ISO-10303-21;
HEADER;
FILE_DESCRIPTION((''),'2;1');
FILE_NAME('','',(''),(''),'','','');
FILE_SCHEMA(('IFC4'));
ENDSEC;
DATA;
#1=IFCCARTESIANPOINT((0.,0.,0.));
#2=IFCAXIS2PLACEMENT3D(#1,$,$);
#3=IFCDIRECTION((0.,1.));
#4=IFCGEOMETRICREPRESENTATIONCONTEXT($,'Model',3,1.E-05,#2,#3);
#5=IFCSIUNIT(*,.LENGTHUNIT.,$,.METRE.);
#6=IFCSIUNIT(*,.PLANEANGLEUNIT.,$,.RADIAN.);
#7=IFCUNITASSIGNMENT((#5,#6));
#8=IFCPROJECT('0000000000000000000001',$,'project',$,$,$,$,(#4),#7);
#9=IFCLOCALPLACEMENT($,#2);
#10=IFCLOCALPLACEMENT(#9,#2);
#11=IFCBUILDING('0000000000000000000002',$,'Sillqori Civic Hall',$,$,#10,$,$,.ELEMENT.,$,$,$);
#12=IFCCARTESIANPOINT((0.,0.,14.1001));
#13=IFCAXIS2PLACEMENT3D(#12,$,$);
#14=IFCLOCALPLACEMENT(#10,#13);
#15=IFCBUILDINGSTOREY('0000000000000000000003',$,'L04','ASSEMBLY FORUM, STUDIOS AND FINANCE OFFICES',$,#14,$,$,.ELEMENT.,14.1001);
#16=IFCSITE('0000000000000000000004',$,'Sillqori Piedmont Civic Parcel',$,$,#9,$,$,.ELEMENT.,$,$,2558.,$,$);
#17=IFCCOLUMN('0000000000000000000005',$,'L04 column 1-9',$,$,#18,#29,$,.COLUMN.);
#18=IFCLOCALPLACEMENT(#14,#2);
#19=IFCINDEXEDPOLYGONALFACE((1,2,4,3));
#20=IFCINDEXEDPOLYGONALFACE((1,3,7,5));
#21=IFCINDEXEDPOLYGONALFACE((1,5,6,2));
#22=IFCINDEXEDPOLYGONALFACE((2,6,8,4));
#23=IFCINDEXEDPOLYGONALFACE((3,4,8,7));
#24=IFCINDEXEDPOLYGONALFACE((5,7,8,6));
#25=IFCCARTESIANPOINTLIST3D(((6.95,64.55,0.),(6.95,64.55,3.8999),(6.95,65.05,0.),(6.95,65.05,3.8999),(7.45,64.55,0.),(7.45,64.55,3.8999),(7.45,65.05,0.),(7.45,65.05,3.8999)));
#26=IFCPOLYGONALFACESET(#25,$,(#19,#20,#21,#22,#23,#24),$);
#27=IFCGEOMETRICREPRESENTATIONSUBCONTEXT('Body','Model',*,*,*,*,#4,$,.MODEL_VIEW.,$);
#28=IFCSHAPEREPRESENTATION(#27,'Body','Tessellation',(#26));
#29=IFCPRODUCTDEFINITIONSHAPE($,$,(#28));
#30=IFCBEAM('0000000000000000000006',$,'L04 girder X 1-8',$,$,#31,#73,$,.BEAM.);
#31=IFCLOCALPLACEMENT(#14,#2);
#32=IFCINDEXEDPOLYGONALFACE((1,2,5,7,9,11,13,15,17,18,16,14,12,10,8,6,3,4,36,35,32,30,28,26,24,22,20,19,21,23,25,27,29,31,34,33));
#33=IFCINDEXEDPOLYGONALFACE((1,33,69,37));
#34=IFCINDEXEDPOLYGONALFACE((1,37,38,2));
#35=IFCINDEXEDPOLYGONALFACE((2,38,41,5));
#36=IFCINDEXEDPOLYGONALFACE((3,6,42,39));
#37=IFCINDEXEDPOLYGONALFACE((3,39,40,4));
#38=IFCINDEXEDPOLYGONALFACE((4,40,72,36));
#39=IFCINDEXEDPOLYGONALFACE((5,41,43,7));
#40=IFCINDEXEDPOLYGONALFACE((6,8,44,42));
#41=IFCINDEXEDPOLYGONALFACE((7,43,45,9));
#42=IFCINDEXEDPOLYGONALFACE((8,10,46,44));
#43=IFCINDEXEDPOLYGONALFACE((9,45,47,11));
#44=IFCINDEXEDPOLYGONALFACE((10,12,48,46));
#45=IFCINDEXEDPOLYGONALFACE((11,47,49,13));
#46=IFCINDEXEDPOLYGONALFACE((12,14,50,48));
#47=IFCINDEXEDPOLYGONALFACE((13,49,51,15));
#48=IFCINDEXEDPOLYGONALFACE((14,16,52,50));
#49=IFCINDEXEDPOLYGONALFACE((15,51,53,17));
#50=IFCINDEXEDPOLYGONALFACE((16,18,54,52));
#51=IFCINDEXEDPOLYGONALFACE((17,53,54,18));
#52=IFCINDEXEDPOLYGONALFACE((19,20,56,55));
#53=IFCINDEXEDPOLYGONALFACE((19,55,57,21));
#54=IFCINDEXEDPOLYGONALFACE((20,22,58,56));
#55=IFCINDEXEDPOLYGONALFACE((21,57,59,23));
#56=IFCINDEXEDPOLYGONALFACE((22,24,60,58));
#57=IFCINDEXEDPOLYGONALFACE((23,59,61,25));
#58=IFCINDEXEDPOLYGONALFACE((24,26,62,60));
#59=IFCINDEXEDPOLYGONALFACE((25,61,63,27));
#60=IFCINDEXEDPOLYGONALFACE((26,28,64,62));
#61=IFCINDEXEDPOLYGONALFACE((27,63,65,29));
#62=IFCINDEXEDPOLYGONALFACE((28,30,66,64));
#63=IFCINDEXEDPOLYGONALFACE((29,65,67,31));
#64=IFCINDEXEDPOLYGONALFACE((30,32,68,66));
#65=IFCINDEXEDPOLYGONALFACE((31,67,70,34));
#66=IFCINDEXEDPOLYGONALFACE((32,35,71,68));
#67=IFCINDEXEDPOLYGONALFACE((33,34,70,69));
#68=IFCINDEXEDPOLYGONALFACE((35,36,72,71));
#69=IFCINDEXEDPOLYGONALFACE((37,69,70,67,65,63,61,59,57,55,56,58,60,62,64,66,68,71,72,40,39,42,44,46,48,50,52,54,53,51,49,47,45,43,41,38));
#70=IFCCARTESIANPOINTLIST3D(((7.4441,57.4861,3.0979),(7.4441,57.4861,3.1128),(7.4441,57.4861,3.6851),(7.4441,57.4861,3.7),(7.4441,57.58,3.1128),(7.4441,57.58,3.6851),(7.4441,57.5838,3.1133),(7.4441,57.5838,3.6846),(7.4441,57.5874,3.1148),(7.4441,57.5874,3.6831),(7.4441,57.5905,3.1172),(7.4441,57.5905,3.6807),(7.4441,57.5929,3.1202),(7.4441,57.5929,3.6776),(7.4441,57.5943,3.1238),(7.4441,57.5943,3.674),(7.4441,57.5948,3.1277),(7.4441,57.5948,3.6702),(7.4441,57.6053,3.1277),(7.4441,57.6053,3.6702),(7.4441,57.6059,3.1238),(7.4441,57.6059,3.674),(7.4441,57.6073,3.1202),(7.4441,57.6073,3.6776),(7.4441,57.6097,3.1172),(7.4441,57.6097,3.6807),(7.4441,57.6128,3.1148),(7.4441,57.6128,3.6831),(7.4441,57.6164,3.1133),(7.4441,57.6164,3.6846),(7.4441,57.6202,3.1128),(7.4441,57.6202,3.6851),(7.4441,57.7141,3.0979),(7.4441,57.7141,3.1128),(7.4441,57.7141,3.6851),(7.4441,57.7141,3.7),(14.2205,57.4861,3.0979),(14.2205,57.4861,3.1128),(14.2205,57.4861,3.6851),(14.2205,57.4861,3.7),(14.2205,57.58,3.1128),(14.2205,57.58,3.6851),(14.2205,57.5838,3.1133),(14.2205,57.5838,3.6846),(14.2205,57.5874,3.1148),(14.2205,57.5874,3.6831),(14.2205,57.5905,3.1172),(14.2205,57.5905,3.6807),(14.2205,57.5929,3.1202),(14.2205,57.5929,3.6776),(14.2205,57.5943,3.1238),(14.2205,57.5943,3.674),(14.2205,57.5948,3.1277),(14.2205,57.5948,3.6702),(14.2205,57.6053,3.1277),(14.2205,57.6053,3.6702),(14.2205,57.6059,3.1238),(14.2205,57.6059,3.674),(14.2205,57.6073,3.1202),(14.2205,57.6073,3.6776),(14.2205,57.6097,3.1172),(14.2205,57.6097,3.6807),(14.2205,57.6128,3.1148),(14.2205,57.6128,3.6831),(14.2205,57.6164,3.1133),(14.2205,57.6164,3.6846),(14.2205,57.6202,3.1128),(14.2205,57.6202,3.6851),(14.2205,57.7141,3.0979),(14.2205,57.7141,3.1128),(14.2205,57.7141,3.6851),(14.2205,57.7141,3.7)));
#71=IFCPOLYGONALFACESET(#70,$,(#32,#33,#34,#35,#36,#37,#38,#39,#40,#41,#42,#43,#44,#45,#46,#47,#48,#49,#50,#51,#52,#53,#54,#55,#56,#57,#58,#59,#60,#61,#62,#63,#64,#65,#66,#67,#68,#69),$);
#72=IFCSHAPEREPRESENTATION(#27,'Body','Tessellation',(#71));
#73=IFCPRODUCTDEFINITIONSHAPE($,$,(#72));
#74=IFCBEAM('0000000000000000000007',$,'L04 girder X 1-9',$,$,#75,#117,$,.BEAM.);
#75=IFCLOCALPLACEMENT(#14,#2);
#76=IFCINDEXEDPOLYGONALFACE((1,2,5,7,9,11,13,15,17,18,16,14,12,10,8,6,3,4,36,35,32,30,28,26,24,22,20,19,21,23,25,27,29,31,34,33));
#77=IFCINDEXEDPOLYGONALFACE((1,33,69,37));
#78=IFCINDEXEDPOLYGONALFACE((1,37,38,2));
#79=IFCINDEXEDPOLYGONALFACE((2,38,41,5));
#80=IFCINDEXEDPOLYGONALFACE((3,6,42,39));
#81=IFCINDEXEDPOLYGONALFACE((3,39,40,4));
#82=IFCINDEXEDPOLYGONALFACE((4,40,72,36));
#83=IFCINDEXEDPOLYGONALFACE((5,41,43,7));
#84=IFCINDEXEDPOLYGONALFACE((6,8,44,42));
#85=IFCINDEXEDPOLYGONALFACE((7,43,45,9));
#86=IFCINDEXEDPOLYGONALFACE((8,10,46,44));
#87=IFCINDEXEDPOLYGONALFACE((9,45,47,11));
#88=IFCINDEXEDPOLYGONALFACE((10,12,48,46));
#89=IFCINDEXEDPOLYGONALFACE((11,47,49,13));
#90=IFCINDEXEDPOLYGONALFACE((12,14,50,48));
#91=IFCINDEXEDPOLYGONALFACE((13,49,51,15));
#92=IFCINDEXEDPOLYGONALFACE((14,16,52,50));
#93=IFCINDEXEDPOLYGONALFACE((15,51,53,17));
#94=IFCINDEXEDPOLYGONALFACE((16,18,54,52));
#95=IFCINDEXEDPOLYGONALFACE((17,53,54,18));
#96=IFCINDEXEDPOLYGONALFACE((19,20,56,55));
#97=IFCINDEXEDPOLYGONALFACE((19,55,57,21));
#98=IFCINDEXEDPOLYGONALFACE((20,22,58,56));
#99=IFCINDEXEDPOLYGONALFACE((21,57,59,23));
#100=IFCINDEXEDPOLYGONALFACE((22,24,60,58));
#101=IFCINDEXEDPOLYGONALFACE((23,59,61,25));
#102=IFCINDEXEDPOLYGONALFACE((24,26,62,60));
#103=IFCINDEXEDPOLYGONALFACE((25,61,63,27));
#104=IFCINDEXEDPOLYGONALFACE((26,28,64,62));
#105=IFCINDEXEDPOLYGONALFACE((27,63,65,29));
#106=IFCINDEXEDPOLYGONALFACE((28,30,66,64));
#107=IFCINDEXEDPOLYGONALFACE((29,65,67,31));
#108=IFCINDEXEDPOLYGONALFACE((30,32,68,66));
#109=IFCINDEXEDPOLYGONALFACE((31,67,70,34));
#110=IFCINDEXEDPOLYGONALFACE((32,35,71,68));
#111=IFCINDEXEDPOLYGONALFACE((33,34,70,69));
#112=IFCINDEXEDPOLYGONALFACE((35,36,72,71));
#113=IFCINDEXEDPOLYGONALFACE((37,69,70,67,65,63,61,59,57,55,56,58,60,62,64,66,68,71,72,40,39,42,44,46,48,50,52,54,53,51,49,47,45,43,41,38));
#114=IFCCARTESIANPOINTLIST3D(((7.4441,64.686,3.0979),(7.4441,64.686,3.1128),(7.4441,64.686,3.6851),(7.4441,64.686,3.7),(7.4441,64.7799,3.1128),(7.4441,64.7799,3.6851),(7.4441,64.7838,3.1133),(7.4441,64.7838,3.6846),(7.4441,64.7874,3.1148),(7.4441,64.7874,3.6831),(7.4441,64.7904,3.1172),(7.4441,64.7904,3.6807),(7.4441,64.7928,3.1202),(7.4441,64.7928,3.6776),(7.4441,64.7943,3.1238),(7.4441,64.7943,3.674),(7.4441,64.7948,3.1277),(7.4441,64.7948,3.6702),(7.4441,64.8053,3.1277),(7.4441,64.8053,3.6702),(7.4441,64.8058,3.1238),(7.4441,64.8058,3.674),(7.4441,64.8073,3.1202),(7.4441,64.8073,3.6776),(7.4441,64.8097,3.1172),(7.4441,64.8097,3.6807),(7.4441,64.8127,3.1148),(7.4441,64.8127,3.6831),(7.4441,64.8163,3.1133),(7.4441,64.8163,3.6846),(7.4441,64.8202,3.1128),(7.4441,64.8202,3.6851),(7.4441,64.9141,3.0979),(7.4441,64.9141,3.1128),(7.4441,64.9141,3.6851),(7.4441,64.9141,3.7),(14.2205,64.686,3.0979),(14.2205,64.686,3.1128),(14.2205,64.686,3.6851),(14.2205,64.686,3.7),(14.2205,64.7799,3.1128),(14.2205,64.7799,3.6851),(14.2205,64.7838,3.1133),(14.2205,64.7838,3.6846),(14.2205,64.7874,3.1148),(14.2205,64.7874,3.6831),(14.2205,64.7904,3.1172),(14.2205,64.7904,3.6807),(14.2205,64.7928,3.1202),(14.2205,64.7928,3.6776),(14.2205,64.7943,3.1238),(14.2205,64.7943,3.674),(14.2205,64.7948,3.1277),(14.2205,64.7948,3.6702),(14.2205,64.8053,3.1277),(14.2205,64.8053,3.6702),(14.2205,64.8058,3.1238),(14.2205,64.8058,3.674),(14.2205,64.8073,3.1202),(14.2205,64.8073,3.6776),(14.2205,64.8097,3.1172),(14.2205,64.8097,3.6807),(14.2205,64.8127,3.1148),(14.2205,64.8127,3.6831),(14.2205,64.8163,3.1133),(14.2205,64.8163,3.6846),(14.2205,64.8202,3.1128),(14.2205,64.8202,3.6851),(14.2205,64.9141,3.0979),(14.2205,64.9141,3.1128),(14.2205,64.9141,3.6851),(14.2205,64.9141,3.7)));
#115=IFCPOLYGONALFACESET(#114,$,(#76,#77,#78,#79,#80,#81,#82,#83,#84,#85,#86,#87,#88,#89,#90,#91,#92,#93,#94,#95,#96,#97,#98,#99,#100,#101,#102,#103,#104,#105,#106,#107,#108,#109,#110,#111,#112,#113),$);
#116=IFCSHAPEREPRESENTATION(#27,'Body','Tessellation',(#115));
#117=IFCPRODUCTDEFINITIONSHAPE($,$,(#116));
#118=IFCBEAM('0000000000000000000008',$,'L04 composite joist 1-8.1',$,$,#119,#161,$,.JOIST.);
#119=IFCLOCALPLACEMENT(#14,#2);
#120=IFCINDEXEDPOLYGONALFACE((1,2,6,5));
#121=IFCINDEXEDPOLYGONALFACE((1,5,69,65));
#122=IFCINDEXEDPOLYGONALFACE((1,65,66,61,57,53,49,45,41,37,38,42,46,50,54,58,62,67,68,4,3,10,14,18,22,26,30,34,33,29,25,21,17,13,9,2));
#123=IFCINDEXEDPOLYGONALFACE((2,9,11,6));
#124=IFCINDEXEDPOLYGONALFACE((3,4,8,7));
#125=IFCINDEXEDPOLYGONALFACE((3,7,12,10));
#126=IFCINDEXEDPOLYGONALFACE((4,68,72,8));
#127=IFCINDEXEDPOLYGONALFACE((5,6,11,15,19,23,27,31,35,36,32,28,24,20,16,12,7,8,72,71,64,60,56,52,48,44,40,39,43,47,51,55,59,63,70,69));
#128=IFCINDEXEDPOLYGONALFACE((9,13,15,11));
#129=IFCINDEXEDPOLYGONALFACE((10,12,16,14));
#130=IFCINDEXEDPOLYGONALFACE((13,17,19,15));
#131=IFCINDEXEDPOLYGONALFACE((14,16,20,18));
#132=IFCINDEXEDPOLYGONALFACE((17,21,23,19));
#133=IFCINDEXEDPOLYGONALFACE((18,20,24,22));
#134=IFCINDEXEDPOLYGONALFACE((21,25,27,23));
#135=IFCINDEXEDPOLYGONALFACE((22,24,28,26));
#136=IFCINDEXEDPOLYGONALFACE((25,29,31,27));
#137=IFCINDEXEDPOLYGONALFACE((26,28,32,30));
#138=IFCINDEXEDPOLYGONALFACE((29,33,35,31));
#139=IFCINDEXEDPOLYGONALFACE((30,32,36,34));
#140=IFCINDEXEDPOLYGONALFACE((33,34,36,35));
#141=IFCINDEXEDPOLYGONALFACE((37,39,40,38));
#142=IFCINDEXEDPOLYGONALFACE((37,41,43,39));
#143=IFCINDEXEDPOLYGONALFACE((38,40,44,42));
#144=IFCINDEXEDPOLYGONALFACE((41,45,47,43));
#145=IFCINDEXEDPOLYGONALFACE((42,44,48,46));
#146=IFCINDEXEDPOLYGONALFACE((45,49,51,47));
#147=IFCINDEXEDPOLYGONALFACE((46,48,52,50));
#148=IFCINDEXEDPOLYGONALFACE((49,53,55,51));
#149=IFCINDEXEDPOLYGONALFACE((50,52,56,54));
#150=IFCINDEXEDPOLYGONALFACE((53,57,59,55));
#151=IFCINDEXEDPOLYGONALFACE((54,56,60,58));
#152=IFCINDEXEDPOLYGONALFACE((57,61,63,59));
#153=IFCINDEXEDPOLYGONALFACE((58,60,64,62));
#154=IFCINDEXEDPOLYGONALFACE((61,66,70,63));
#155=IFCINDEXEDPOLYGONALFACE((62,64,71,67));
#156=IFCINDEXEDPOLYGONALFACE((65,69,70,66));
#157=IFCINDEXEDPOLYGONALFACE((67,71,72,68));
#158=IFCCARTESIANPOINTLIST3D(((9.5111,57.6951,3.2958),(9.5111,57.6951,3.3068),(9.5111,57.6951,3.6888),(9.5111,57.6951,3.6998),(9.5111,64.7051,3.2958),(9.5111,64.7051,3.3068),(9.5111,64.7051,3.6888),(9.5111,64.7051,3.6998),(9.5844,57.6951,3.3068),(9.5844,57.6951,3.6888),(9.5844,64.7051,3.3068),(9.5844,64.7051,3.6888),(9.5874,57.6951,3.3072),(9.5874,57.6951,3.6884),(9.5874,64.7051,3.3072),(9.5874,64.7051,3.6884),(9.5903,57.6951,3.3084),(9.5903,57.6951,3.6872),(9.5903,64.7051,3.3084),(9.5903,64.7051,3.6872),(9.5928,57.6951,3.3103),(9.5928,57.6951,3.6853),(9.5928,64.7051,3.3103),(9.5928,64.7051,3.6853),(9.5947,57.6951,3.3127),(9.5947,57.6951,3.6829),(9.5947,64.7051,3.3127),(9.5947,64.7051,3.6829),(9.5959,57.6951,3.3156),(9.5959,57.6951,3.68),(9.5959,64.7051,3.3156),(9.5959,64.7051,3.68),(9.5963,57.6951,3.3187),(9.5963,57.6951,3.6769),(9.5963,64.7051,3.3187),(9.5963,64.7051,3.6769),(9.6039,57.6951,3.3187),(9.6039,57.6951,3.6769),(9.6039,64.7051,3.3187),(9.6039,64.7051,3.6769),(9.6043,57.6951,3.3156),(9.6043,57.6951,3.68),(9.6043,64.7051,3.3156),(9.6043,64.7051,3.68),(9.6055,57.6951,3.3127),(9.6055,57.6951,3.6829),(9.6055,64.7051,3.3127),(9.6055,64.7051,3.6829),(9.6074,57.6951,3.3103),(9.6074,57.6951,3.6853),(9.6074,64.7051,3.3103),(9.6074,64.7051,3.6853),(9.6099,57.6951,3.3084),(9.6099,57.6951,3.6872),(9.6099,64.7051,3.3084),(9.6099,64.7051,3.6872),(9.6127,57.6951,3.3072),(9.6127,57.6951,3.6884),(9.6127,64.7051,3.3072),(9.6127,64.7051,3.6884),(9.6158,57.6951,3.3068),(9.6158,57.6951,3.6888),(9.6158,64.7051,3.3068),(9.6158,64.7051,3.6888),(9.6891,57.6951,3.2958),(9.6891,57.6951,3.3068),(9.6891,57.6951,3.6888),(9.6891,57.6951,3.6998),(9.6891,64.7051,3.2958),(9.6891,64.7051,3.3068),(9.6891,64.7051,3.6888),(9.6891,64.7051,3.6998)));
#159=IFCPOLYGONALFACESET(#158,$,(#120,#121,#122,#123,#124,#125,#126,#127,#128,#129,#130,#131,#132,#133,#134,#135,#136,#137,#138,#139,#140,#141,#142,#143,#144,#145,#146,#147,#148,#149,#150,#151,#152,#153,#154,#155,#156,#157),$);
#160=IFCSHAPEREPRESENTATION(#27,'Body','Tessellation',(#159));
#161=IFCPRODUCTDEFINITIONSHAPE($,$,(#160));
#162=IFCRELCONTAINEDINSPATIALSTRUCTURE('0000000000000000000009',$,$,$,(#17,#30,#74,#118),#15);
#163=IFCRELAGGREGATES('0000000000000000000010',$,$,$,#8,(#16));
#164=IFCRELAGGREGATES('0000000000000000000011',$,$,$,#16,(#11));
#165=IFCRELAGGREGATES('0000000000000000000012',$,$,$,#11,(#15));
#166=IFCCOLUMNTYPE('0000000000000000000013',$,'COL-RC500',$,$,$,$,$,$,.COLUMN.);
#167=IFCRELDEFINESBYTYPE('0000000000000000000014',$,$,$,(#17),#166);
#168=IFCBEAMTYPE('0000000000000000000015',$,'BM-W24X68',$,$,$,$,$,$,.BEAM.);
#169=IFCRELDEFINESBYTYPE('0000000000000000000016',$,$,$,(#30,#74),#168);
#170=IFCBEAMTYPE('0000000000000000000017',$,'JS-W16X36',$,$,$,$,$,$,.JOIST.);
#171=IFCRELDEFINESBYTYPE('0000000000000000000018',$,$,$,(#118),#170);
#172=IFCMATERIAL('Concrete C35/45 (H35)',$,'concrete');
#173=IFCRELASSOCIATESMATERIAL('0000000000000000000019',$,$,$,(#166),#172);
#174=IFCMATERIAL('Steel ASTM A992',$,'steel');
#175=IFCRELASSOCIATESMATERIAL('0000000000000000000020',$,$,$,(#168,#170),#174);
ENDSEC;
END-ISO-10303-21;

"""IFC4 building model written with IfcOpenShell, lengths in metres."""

from ifc_helpers import new_model, si_unit, direction, frame, origin, origin_2d, place, context, subcontext, project, spatial, rectangle, i_section, extrude, material, material_profile, profile_set, type_object, element, save


model = new_model("IFC4")

# Units and contexts
model_context = context("Model", 3, precision=1e-05, world=origin(), true_north=direction((0.0, 1.0)))
body_context = subcontext(model_context, "Body", "Model", "MODEL_VIEW")
ifc_project = project(units=[si_unit("LENGTHUNIT", "METRE"), si_unit("PLANEANGLEUNIT", "RADIAN")], contexts=[model_context])

# Site, building, storey
site_placement = place(None, origin())
site = spatial("IfcSite", under=ifc_project, at=site_placement, Name="Sillqori Piedmont Civic Parcel", CompositionType="ELEMENT", RefElevation=2558.0)
building_placement = place(site_placement, origin())
building = spatial("IfcBuilding", under=site, at=building_placement, Name="Sillqori Civic Hall", CompositionType="ELEMENT")
storey_placement = place(building_placement, frame((0.0, 0.0, 14.1001)))
storey = spatial("IfcBuildingStorey", under=building, at=storey_placement, Name="L04", Description="ASSEMBLY FORUM, STUDIOS AND FINANCE OFFICES", CompositionType="ELEMENT", Elevation=14.1001)

# Column
ifc_material_1 = material(Name="Concrete C35/45 (H35)", Category="concrete")
ifc_material_profile_1 = material_profile(ifc_material_1, rectangle(XDim=0.5, YDim=0.5, at=origin_2d()), Name="RC 500x500")
ifc_profile_set_1 = profile_set([ifc_material_profile_1], Name="Concrete C35/45 (H35)")
column_type = type_object("IfcColumnType", Name="COL-RC500", PredefinedType="COLUMN", material=ifc_profile_set_1)
column_placement = place(storey_placement, frame((7.2, 64.8, 0.0), z_axis=(0.0, 0.0, 1.0), x_axis=(1.0, 0.0, 0.0)))
element("IfcColumn", 1, at=column_placement, inside=storey, type_object=column_type, Name="L04 column 1-9", PredefinedType="COLUMN", context=body_context, shape_type="SweptSolid", body=[
    extrude(rectangle(XDim=0.5, YDim=0.5, at=origin_2d()), origin(), (0.0, 0.0, 1.0), 3.8999),
])

# Beams
ifc_material_2 = material(Name="Steel ASTM A992", Category="steel")
ifc_material_profile_2 = material_profile(ifc_material_2, i_section(OverallWidth=0.228, OverallDepth=0.6021, WebThickness=0.0105, FlangeThickness=0.0149, FilletRadius=0.0149, at=origin_2d()), Name="W24X68")
ifc_profile_set_2 = profile_set([ifc_material_profile_2], Name="Steel ASTM A992")
beam_type_1 = type_object("IfcBeamType", Name="BM-W24X68", PredefinedType="BEAM", material=ifc_profile_set_2)
for number, where, z_axis, x_axis, name in (
    (2, (7.4441, 57.6001, 3.3989), (1.0, 0.0, 0.0), (0.0, 1.0, 0.0), "L04 girder X 1-8"),
    (3, (7.4441, 64.8, 3.3989), (1.0, 0.0, 0.0), (0.0, 1.0, 0.0), "L04 girder X 1-9"),
):
    element("IfcBeam", number, at=place(storey_placement, frame(where, z_axis=z_axis, x_axis=x_axis)), inside=storey, type_object=beam_type_1, Name=name, PredefinedType="BEAM", context=body_context, shape_type="SweptSolid", body=[
        extrude(i_section(OverallWidth=0.228, OverallDepth=0.6021, WebThickness=0.0105, FlangeThickness=0.0149, FilletRadius=0.0149, at=origin_2d()), origin(), (0.0, 0.0, 1.0), 6.7764),
    ])
ifc_material_profile_3 = material_profile(ifc_material_2, i_section(OverallWidth=0.178, OverallDepth=0.4041, WebThickness=0.0076, FlangeThickness=0.011, FilletRadius=0.012, at=origin_2d()), Name="W16X36")
ifc_profile_set_3 = profile_set([ifc_material_profile_3], Name="Steel ASTM A992")
beam_type_2 = type_object("IfcBeamType", Name="JS-W16X36", PredefinedType="JOIST", material=ifc_profile_set_3)
for number, where, z_axis, x_axis, name in (
    (4, (9.6001, 57.6951, 3.4978), (0.0, 1.0, 0.0), (-1.0, 0.0, 0.0), "L04 composite joist 1-8.1"),
):
    element("IfcBeam", number, at=place(storey_placement, frame(where, z_axis=z_axis, x_axis=x_axis)), inside=storey, type_object=beam_type_2, Name=name, PredefinedType="JOIST", context=body_context, shape_type="SweptSolid", body=[
        extrude(i_section(OverallWidth=0.178, OverallDepth=0.4041, WebThickness=0.0076, FlangeThickness=0.011, FilletRadius=0.012, at=origin_2d()), origin(), (0.0, 0.0, 1.0), 7.01),
    ])

save(model, "model.ifc")
